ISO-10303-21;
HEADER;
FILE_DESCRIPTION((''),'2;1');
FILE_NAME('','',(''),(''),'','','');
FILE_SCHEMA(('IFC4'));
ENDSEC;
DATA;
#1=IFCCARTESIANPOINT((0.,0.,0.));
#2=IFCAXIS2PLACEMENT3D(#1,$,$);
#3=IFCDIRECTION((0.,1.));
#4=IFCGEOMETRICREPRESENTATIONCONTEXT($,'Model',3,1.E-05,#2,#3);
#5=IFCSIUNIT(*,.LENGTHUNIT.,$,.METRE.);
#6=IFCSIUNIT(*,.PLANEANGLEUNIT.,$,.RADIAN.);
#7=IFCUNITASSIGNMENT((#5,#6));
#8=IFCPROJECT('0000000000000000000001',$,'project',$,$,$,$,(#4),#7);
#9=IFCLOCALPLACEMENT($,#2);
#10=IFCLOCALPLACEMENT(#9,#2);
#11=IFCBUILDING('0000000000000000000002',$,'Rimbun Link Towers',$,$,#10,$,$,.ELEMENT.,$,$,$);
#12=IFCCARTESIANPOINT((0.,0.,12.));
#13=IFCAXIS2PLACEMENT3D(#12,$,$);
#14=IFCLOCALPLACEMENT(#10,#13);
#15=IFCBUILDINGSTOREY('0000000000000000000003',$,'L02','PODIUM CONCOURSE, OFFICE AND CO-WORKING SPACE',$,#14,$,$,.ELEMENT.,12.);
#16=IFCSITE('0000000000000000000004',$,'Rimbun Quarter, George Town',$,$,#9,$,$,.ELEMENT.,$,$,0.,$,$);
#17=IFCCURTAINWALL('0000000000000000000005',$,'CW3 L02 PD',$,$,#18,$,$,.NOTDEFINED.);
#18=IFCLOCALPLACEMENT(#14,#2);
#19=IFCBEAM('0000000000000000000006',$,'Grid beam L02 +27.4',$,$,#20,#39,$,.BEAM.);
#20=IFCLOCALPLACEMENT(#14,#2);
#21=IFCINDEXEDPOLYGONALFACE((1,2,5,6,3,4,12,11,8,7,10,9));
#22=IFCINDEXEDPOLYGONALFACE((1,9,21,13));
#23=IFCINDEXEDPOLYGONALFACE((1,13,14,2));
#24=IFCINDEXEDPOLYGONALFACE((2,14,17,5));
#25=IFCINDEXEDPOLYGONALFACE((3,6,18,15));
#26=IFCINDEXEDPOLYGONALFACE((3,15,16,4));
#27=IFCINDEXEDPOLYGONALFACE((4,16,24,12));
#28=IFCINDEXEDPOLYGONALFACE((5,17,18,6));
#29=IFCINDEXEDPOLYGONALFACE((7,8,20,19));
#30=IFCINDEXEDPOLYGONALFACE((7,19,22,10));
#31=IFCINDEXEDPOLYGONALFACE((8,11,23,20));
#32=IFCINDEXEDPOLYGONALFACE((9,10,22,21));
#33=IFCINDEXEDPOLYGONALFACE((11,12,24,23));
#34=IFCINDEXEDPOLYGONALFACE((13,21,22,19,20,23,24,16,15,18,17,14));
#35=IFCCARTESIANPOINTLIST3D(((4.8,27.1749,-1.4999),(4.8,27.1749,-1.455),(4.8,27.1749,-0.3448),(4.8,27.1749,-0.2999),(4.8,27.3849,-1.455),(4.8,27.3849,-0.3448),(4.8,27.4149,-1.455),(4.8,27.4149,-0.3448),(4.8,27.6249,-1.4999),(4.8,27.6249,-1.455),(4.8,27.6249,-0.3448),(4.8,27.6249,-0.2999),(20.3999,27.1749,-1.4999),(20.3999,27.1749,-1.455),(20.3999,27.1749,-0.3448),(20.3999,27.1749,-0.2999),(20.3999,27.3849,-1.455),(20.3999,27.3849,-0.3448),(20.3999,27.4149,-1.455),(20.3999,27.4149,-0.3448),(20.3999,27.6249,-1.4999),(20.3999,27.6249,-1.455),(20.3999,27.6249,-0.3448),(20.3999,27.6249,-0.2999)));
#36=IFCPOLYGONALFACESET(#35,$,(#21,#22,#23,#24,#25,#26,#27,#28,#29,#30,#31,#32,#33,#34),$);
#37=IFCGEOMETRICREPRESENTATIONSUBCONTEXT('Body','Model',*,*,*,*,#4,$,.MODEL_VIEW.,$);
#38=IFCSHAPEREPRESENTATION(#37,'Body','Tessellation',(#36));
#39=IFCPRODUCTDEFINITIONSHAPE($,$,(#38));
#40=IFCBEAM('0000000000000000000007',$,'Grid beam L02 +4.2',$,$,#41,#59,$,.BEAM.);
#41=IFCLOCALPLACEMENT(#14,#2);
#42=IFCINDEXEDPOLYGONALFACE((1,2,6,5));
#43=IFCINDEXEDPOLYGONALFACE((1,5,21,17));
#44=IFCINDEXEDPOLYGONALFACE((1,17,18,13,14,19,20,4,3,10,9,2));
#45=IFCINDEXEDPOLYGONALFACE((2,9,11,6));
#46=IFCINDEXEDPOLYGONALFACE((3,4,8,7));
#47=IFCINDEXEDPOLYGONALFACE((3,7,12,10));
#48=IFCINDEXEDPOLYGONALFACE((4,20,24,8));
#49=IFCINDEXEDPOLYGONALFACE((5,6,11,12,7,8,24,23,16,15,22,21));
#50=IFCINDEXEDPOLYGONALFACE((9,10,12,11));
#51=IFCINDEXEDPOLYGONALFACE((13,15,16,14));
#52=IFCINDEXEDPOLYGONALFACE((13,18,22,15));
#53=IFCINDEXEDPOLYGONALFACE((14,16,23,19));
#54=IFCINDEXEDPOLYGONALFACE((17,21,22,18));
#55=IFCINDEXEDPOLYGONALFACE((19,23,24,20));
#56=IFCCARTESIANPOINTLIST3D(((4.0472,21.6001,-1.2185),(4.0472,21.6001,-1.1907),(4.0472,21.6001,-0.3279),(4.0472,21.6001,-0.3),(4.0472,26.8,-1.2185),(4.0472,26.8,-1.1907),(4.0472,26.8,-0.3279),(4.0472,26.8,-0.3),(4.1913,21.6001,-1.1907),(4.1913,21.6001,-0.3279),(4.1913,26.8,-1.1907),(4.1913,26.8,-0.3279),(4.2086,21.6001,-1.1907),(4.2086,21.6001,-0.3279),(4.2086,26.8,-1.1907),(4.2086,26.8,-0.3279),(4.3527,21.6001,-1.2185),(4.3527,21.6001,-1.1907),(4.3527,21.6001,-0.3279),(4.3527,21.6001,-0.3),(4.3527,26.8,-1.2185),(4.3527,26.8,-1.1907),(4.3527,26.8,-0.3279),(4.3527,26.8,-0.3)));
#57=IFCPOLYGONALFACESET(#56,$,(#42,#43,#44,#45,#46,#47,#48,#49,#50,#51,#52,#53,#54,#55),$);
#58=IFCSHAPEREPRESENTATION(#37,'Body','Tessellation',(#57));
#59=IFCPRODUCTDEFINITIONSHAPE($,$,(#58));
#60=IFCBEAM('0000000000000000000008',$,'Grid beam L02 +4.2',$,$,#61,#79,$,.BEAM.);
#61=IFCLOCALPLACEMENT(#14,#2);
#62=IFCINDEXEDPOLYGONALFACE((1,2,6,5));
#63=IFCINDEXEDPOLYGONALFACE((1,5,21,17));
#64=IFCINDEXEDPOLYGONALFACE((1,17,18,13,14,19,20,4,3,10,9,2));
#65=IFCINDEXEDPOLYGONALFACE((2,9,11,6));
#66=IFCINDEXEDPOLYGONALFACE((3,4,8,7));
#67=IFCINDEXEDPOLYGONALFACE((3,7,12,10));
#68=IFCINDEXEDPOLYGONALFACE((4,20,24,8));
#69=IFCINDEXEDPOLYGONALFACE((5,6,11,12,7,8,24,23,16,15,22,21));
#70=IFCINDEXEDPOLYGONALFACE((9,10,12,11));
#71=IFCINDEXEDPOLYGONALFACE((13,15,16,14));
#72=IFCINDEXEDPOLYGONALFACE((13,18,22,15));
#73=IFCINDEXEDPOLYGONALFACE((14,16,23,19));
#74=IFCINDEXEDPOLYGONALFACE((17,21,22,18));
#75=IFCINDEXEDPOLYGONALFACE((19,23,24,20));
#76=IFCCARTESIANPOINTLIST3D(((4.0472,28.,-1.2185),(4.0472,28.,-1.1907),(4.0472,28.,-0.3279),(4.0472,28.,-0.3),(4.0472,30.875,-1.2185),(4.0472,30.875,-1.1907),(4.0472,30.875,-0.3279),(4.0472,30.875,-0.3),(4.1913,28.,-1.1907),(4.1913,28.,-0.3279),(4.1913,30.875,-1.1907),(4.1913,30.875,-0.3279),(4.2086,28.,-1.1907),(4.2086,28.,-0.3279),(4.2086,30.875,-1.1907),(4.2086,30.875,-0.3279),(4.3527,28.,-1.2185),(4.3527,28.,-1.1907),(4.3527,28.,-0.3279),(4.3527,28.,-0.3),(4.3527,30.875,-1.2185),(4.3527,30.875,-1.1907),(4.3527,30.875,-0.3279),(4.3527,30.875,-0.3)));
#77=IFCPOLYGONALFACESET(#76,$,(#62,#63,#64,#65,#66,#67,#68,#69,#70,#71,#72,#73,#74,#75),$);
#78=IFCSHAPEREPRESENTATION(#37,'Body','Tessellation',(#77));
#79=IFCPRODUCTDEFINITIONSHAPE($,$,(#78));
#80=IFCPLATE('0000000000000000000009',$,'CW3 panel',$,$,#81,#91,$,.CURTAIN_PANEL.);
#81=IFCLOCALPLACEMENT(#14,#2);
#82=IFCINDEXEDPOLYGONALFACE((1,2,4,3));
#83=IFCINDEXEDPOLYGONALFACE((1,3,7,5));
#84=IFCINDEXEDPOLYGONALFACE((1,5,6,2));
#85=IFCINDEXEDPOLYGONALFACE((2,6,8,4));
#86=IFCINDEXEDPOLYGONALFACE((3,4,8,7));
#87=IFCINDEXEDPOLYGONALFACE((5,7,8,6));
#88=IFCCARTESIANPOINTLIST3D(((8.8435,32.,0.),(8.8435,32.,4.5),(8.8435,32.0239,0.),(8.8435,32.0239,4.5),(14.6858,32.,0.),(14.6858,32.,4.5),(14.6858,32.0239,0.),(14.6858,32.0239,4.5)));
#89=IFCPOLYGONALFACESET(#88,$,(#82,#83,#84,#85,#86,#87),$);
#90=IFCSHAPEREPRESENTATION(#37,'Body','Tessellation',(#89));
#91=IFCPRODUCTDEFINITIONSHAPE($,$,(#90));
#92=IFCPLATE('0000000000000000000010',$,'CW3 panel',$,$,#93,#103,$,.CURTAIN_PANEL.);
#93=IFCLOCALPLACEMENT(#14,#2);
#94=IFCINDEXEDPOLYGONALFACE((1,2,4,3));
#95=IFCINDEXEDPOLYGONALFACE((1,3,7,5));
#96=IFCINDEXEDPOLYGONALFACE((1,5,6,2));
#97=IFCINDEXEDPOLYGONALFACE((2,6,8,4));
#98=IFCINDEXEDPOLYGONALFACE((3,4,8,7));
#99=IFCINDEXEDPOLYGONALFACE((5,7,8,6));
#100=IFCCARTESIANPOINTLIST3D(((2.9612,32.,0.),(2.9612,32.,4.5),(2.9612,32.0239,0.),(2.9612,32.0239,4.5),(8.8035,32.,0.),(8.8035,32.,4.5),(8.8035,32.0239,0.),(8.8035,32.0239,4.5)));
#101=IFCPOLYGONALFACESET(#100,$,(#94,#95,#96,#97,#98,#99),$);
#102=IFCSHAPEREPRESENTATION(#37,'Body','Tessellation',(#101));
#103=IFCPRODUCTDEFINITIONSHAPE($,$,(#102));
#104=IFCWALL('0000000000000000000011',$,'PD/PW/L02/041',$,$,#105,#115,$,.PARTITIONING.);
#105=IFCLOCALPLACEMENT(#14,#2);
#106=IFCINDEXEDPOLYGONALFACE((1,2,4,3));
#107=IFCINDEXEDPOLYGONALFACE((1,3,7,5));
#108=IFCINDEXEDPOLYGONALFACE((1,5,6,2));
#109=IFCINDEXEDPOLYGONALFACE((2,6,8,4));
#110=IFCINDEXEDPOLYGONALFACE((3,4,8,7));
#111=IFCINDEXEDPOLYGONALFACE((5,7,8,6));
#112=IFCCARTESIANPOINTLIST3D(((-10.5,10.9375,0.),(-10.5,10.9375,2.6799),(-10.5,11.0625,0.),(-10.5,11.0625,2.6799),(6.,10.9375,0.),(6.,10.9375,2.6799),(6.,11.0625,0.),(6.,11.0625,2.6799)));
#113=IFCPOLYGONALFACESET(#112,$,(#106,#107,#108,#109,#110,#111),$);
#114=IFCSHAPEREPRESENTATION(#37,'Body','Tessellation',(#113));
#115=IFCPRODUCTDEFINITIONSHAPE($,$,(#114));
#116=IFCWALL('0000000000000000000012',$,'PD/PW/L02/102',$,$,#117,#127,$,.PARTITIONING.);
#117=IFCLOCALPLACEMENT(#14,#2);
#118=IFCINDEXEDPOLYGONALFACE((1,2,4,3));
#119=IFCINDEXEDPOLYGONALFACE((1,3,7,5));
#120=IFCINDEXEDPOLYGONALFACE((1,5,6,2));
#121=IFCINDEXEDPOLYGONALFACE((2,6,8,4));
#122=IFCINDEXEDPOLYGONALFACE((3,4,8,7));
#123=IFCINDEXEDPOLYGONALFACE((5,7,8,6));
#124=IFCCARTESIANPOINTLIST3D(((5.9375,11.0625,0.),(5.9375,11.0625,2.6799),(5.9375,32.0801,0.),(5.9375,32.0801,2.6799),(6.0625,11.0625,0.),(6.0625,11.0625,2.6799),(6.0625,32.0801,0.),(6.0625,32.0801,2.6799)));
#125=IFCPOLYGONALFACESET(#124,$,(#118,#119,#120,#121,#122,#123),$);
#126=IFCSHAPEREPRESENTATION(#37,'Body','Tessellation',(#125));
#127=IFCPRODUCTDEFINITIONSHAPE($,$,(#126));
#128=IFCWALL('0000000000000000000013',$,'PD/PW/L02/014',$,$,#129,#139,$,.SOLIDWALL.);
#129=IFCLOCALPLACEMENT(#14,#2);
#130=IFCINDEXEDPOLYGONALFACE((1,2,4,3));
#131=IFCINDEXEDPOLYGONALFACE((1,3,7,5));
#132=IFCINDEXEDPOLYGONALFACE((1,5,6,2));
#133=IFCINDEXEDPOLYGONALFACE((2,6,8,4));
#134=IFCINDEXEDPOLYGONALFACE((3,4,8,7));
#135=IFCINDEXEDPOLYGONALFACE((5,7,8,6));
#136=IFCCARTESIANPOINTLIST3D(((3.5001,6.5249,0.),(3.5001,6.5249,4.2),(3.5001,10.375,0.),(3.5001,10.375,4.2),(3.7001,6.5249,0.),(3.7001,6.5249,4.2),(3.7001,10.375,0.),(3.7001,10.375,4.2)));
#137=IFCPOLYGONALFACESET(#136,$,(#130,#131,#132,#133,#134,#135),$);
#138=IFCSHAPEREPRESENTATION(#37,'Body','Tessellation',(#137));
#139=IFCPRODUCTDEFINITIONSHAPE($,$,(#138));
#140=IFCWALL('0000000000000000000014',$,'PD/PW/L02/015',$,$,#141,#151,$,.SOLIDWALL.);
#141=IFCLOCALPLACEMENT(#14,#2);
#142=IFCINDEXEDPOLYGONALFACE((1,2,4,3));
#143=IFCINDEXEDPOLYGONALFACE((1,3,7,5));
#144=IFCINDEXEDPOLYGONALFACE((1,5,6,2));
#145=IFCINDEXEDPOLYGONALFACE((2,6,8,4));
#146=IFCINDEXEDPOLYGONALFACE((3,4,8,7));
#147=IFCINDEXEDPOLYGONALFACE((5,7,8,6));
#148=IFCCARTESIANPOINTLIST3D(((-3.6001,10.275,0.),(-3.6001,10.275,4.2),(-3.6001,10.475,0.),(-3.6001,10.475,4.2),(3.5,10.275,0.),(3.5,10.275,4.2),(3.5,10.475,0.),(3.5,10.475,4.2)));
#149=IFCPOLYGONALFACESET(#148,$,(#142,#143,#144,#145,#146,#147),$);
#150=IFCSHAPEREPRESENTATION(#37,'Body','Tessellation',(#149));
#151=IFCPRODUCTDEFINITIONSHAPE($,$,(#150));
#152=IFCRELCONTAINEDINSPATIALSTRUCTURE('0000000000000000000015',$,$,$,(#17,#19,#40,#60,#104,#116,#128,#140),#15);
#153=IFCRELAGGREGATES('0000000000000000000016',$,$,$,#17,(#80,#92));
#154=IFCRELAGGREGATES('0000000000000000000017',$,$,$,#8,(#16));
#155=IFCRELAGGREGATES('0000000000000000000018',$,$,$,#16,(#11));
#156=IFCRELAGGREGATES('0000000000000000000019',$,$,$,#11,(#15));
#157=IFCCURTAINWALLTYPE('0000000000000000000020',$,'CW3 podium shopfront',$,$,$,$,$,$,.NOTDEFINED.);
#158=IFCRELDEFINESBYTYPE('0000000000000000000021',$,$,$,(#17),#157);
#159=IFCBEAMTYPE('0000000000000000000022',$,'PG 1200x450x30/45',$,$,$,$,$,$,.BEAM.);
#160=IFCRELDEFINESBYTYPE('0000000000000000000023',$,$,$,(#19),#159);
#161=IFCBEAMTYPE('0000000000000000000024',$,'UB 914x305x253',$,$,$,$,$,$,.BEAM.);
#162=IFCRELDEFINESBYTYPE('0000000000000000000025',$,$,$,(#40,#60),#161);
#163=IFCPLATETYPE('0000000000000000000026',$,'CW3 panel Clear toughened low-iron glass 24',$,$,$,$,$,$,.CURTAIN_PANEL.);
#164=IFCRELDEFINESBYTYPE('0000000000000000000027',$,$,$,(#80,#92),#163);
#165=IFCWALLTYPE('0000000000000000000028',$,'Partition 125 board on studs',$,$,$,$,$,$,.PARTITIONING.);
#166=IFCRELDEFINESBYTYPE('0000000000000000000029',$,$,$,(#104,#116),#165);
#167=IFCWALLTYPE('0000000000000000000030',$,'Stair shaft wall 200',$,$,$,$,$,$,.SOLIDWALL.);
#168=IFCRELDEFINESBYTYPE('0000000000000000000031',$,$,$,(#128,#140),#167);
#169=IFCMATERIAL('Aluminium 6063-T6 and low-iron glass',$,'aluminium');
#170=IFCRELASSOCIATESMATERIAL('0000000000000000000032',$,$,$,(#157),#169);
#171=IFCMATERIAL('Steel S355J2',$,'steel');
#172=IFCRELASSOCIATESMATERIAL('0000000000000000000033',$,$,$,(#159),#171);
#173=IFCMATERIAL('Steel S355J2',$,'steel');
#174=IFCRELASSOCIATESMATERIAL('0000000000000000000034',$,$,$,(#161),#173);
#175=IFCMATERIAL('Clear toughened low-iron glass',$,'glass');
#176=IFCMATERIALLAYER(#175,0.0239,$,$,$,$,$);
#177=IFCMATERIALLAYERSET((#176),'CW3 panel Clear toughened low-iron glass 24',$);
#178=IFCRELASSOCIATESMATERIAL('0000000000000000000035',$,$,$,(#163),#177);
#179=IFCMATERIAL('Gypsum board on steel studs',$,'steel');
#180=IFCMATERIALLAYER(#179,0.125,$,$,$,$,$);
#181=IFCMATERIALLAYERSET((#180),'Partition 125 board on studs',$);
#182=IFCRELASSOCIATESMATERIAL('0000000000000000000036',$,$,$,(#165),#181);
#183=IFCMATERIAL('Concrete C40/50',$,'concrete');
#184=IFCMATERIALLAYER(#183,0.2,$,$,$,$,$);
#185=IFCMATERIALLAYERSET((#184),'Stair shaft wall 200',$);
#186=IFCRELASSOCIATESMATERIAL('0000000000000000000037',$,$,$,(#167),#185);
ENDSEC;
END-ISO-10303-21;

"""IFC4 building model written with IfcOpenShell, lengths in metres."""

from ifc_helpers import new_model, si_unit, direction, frame, frame_2d, origin, origin_2d, place, context, subcontext, project, spatial, rectangle, i_section, extrude, material, layer, layer_set, material_profile, profile_set, type_object, element, aggregate, save


model = new_model("IFC4")

# Units and contexts
model_context = context("Model", 3, precision=1e-05, world=origin(), true_north=direction((0.0, 1.0)))
body_context = subcontext(model_context, "Body", "Model", "MODEL_VIEW")
ifc_project = project(units=[si_unit("LENGTHUNIT", "METRE"), si_unit("PLANEANGLEUNIT", "RADIAN")], contexts=[model_context])

# Site, building, storey
site_placement = place(None, origin())
site = spatial("IfcSite", under=ifc_project, at=site_placement, Name="Rimbun Quarter, George Town", CompositionType="ELEMENT", RefElevation=0.0)
building_placement = place(site_placement, origin())
building = spatial("IfcBuilding", under=site, at=building_placement, Name="Rimbun Link Towers", CompositionType="ELEMENT")
storey_placement = place(building_placement, frame((0.0, 0.0, 12.0)))
storey = spatial("IfcBuildingStorey", under=building, at=storey_placement, Name="L02", Description="PODIUM CONCOURSE, OFFICE AND CO-WORKING SPACE", CompositionType="ELEMENT", Elevation=12.0)

# Curtain wall
ifc_material_1 = material(Name="Aluminium 6063-T6 and low-iron glass", Category="aluminium")
curtain_wall_type = type_object("IfcCurtainWallType", Name="CW3 podium shopfront", PredefinedType="NOTDEFINED", material=ifc_material_1)
curtain_wall_placement = place(storey_placement, origin())
curtain_wall = element("IfcCurtainWall", 1, at=curtain_wall_placement, inside=storey, type_object=curtain_wall_type, Name="CW3 L02 PD", PredefinedType="NOTDEFINED")

# Beams
ifc_material_2 = material(Name="Steel S355J2", Category="steel")
ifc_material_profile_1 = material_profile(ifc_material_2, i_section(OverallWidth=0.45, OverallDepth=1.2, WebThickness=0.03, FlangeThickness=0.0449, at=origin_2d()), Name="PG 1200x450x30/45")
ifc_profile_set_1 = profile_set([ifc_material_profile_1], Name="Steel S355J2")
beam_type_1 = type_object("IfcBeamType", Name="PG 1200x450x30/45", PredefinedType="BEAM", material=ifc_profile_set_1)
beam_1_placement = place(storey_placement, frame((4.8, 27.3999, -0.8999), z_axis=(1.0, 0.0, 0.0), x_axis=(0.0, 1.0, 0.0)))
element("IfcBeam", 2, at=beam_1_placement, inside=storey, type_object=beam_type_1, Name="Grid beam L02 +27.4", PredefinedType="BEAM", context=body_context, shape_type="SweptSolid", body=[
    extrude(i_section(OverallWidth=0.45, OverallDepth=1.2, WebThickness=0.03, FlangeThickness=0.0449, at=origin_2d()), origin(), (0.0, 0.0, 1.0), 15.5999),
])
ifc_material_3 = material(Name="Steel S355J2", Category="steel")
ifc_material_profile_2 = material_profile(ifc_material_3, i_section(OverallWidth=0.3054, OverallDepth=0.9185, WebThickness=0.0173, FlangeThickness=0.0278, at=origin_2d()), Name="UB 914x305x253")
ifc_profile_set_2 = profile_set([ifc_material_profile_2], Name="Steel S355J2")
beam_type_2 = type_object("IfcBeamType", Name="UB 914x305x253", PredefinedType="BEAM", material=ifc_profile_set_2)
beam_2_placement = place(storey_placement, frame((4.2, 21.6001, -0.7593), z_axis=(0.0, 1.0, 0.0), x_axis=(-1.0, 0.0, 0.0)))
element("IfcBeam", 3, at=beam_2_placement, inside=storey, type_object=beam_type_2, Name="Grid beam L02 +4.2", PredefinedType="BEAM", context=body_context, shape_type="SweptSolid", body=[
    extrude(i_section(OverallWidth=0.3054, OverallDepth=0.9185, WebThickness=0.0173, FlangeThickness=0.0278, at=origin_2d()), origin(), (0.0, 0.0, 1.0), 5.2),
])
beam_3_placement = place(storey_placement, frame((4.2, 28.0, -0.7593), z_axis=(0.0, 1.0, 0.0), x_axis=(-1.0, 0.0, 0.0)))
element("IfcBeam", 4, at=beam_3_placement, inside=storey, type_object=beam_type_2, Name="Grid beam L02 +4.2", PredefinedType="BEAM", context=body_context, shape_type="SweptSolid", body=[
    extrude(i_section(OverallWidth=0.3054, OverallDepth=0.9185, WebThickness=0.0173, FlangeThickness=0.0278, at=origin_2d()), origin(), (0.0, 0.0, 1.0), 2.875),
])

# Plates
ifc_material_4 = material(Name="Clear toughened low-iron glass", Category="glass")
ifc_layer_1 = layer(ifc_material_4, 0.0239)
ifc_layer_set_1 = layer_set([ifc_layer_1], Name="CW3 panel Clear toughened low-iron glass 24")
plate_type = type_object("IfcPlateType", Name="CW3 panel Clear toughened low-iron glass 24", PredefinedType="CURTAIN_PANEL", material=ifc_layer_set_1)
plate_1_placement = place(storey_placement, frame((11.7646, 32.012, 0.0), z_axis=(0.0, 0.0, 1.0), x_axis=(1.0, 0.0, 0.0)))
plate_1 = element("IfcPlate", 5, at=plate_1_placement, type_object=plate_type, Name="CW3 panel", PredefinedType="CURTAIN_PANEL", context=body_context, shape_type="SweptSolid", body=[
    extrude(rectangle(XDim=5.8423, YDim=0.0239, at=origin_2d()), origin(), (0.0, 0.0, 1.0), 4.5),
])
plate_2_placement = place(storey_placement, frame((5.8823, 32.012, 0.0), z_axis=(0.0, 0.0, 1.0), x_axis=(1.0, 0.0, 0.0)))
plate_2 = element("IfcPlate", 6, at=plate_2_placement, type_object=plate_type, Name="CW3 panel", PredefinedType="CURTAIN_PANEL", context=body_context, shape_type="SweptSolid", body=[
    extrude(rectangle(XDim=5.8423, YDim=0.0239, at=origin_2d()), origin(), (0.0, 0.0, 1.0), 4.5),
])
aggregate(curtain_wall, [plate_1, plate_2])

# Walls
ifc_material_5 = material(Name="Gypsum board on steel studs", Category="steel")
ifc_layer_2 = layer(ifc_material_5, 0.125)
ifc_layer_set_2 = layer_set([ifc_layer_2], Name="Partition 125 board on studs")
wall_type_1 = type_object("IfcWallType", Name="Partition 125 board on studs", PredefinedType="PARTITIONING", material=ifc_layer_set_2)
wall_1_placement = place(storey_placement, frame((6.0, 11.0, 0.0), z_axis=(0.0, 0.0, 1.0), x_axis=(-1.0, 0.0, 0.0)))
element("IfcWall", 7, at=wall_1_placement, inside=storey, type_object=wall_type_1, Name="PD/PW/L02/041", PredefinedType="PARTITIONING", context=body_context, shape_type="SweptSolid", body=[
    extrude(rectangle(XDim=16.5, YDim=0.125, at=frame_2d((8.25, 0.0))), origin(), (0.0, 0.0, 1.0), 2.6799),
])
wall_2_placement = place(storey_placement, frame((6.0, 11.0625, 0.0), z_axis=(0.0, 0.0, 1.0), x_axis=(0.0, 1.0, 0.0)))
element("IfcWall", 8, at=wall_2_placement, inside=storey, type_object=wall_type_1, Name="PD/PW/L02/102", PredefinedType="PARTITIONING", context=body_context, shape_type="SweptSolid", body=[
    extrude(rectangle(XDim=21.0176, YDim=0.125, at=frame_2d((10.5088, 0.0))), origin(), (0.0, 0.0, 1.0), 2.6799),
])
ifc_material_6 = material(Name="Concrete C40/50", Category="concrete")
ifc_layer_3 = layer(ifc_material_6, 0.2)
ifc_layer_set_3 = layer_set([ifc_layer_3], Name="Stair shaft wall 200")
wall_type_2 = type_object("IfcWallType", Name="Stair shaft wall 200", PredefinedType="SOLIDWALL", material=ifc_layer_set_3)
wall_3_placement = place(storey_placement, frame((3.6001, 6.5249, 0.0), z_axis=(0.0, 0.0, 1.0), x_axis=(0.0, 1.0, 0.0)))
element("IfcWall", 9, at=wall_3_placement, inside=storey, type_object=wall_type_2, Name="PD/PW/L02/014", PredefinedType="SOLIDWALL", context=body_context, shape_type="SweptSolid", body=[
    extrude(rectangle(XDim=3.8501, YDim=0.2, at=frame_2d((1.925, 0.0))), origin(), (0.0, 0.0, 1.0), 4.2),
])
wall_4_placement = place(storey_placement, frame((3.5, 10.375, 0.0), z_axis=(0.0, 0.0, 1.0), x_axis=(-1.0, 0.0, 0.0)))
element("IfcWall", 10, at=wall_4_placement, inside=storey, type_object=wall_type_2, Name="PD/PW/L02/015", PredefinedType="SOLIDWALL", context=body_context, shape_type="SweptSolid", body=[
    extrude(rectangle(XDim=7.1001, YDim=0.2, at=frame_2d((3.55, 0.0))), origin(), (0.0, 0.0, 1.0), 4.2),
])

save(model, "model.ifc")
